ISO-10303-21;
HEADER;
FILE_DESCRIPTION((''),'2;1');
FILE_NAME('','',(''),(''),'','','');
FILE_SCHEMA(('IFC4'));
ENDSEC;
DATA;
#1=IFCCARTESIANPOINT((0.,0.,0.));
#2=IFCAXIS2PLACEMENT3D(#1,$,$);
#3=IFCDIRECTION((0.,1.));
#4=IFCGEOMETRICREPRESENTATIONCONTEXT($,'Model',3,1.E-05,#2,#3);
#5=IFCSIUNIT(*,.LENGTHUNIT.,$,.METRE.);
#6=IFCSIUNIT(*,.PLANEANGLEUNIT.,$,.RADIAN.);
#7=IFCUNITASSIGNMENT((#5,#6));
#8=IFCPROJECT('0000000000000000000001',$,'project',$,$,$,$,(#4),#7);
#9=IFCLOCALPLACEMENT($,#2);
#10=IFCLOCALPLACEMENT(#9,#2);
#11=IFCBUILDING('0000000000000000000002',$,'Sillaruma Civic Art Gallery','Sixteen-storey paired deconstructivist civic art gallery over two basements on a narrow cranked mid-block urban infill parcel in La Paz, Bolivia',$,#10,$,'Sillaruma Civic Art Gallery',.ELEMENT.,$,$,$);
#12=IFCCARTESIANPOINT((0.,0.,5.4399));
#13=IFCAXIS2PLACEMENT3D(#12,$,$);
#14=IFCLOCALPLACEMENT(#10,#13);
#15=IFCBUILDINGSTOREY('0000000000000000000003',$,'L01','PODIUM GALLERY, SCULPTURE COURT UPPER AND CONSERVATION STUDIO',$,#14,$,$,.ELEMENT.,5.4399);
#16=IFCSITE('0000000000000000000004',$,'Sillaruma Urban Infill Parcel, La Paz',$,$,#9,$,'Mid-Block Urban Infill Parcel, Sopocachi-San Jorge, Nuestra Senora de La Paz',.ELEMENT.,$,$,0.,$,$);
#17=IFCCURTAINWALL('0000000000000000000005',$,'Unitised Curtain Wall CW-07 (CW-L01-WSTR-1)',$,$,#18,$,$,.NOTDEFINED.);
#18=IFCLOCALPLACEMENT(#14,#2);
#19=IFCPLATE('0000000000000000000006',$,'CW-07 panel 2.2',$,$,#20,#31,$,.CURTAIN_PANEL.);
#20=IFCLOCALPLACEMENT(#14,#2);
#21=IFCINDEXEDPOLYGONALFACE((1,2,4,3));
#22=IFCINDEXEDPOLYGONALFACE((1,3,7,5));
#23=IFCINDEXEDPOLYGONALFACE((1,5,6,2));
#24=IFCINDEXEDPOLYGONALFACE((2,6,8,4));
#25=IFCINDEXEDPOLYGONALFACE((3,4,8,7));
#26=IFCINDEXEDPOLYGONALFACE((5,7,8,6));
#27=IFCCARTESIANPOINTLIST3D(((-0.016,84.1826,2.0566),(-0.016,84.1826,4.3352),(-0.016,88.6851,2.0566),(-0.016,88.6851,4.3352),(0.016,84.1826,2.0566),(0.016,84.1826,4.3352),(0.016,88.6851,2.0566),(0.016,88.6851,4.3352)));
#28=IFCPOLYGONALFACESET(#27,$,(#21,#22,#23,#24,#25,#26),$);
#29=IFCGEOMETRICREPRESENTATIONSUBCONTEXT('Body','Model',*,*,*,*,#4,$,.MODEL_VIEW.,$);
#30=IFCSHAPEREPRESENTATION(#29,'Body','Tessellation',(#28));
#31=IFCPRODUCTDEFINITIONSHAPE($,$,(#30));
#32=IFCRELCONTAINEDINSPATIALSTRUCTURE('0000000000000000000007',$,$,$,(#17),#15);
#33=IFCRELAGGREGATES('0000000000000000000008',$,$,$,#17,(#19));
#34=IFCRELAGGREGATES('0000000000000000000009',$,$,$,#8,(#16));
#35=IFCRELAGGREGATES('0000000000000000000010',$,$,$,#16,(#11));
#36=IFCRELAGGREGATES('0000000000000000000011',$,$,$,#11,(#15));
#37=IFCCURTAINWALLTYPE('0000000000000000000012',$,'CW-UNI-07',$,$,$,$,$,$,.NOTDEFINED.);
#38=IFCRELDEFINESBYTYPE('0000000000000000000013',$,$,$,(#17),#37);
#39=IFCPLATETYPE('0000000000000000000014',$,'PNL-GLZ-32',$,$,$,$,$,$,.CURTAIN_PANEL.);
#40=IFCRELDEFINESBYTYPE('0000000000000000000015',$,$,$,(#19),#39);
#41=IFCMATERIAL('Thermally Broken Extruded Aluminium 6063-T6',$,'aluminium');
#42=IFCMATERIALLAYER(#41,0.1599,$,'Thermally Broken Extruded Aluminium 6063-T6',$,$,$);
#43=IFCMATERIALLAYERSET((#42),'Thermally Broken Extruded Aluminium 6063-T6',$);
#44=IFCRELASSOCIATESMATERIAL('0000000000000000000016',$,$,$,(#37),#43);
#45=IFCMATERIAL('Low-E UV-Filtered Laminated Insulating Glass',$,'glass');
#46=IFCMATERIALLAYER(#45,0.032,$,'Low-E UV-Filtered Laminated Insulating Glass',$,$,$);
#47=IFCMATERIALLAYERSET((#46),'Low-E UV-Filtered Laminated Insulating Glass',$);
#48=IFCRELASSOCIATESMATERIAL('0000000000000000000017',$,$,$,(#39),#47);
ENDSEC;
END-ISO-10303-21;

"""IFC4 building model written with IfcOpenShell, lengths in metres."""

from ifc_helpers import new_model, si_unit, direction, frame, origin, origin_2d, place, context, subcontext, project, spatial, rectangle, extrude, material, layer, layer_set, type_object, element, aggregate, save


model = new_model("IFC4")

# Units and contexts
model_context = context("Model", 3, precision=1e-05, world=origin(), true_north=direction((0.0, 1.0)))
body_context = subcontext(model_context, "Body", "Model", "MODEL_VIEW")
ifc_project = project(units=[si_unit("LENGTHUNIT", "METRE"), si_unit("PLANEANGLEUNIT", "RADIAN")], contexts=[model_context])

# Site, building, storey
site_placement = place(None, origin())
site = spatial("IfcSite", under=ifc_project, at=site_placement, Name="Sillaruma Urban Infill Parcel, La Paz", LongName="Mid-Block Urban Infill Parcel, Sopocachi-San Jorge, Nuestra Senora de La Paz", CompositionType="ELEMENT", RefElevation=0.0)
building_placement = place(site_placement, origin())
building = spatial("IfcBuilding", under=site, at=building_placement, Name="Sillaruma Civic Art Gallery", Description="Sixteen-storey paired deconstructivist civic art gallery over two basements on a narrow cranked mid-block urban infill parcel in La Paz, Bolivia", LongName="Sillaruma Civic Art Gallery", CompositionType="ELEMENT")
storey_placement = place(building_placement, frame((0.0, 0.0, 5.4399)))
storey = spatial("IfcBuildingStorey", under=building, at=storey_placement, Name="L01", Description="PODIUM GALLERY, SCULPTURE COURT UPPER AND CONSERVATION STUDIO", CompositionType="ELEMENT", Elevation=5.4399)

# Curtain wall
ifc_material_1 = material(Name="Thermally Broken Extruded Aluminium 6063-T6", Category="aluminium")
ifc_layer_1 = layer(ifc_material_1, 0.1599, Name="Thermally Broken Extruded Aluminium 6063-T6")
ifc_layer_set_1 = layer_set([ifc_layer_1], Name="Thermally Broken Extruded Aluminium 6063-T6")
curtain_wall_type_1 = type_object("IfcCurtainWallType", Name="CW-UNI-07", PredefinedType="NOTDEFINED", material=ifc_layer_set_1)
curtain_wall_1_placement = place(storey_placement, origin())
curtain_wall_1 = element("IfcCurtainWall", 1, at=curtain_wall_1_placement, inside=storey, type_object=curtain_wall_type_1, Name="Unitised Curtain Wall CW-07 (CW-L01-WSTR-1)", PredefinedType="NOTDEFINED")

# Plate
ifc_material_2 = material(Name="Low-E UV-Filtered Laminated Insulating Glass", Category="glass")
ifc_layer_2 = layer(ifc_material_2, 0.032, Name="Low-E UV-Filtered Laminated Insulating Glass")
ifc_layer_set_2 = layer_set([ifc_layer_2], Name="Low-E UV-Filtered Laminated Insulating Glass")
plate_type_1 = type_object("IfcPlateType", Name="PNL-GLZ-32", PredefinedType="CURTAIN_PANEL", material=ifc_layer_set_2)
plate_1_placement = place(storey_placement, frame((0.0, 86.4338, 2.0566), z_axis=(0.0, 0.0, 1.0), x_axis=(0.0, 1.0, 0.0)))
plate_1 = element("IfcPlate", 2, at=plate_1_placement, type_object=plate_type_1, Name="CW-07 panel 2.2", PredefinedType="CURTAIN_PANEL", context=body_context, shape_type="SweptSolid", body=[
    extrude(rectangle(XDim=4.5024, YDim=0.032, at=origin_2d()), origin(), (0.0, 0.0, 1.0), 2.2786),
])
aggregate(curtain_wall_1, [plate_1])

save(model, "model.ifc")
